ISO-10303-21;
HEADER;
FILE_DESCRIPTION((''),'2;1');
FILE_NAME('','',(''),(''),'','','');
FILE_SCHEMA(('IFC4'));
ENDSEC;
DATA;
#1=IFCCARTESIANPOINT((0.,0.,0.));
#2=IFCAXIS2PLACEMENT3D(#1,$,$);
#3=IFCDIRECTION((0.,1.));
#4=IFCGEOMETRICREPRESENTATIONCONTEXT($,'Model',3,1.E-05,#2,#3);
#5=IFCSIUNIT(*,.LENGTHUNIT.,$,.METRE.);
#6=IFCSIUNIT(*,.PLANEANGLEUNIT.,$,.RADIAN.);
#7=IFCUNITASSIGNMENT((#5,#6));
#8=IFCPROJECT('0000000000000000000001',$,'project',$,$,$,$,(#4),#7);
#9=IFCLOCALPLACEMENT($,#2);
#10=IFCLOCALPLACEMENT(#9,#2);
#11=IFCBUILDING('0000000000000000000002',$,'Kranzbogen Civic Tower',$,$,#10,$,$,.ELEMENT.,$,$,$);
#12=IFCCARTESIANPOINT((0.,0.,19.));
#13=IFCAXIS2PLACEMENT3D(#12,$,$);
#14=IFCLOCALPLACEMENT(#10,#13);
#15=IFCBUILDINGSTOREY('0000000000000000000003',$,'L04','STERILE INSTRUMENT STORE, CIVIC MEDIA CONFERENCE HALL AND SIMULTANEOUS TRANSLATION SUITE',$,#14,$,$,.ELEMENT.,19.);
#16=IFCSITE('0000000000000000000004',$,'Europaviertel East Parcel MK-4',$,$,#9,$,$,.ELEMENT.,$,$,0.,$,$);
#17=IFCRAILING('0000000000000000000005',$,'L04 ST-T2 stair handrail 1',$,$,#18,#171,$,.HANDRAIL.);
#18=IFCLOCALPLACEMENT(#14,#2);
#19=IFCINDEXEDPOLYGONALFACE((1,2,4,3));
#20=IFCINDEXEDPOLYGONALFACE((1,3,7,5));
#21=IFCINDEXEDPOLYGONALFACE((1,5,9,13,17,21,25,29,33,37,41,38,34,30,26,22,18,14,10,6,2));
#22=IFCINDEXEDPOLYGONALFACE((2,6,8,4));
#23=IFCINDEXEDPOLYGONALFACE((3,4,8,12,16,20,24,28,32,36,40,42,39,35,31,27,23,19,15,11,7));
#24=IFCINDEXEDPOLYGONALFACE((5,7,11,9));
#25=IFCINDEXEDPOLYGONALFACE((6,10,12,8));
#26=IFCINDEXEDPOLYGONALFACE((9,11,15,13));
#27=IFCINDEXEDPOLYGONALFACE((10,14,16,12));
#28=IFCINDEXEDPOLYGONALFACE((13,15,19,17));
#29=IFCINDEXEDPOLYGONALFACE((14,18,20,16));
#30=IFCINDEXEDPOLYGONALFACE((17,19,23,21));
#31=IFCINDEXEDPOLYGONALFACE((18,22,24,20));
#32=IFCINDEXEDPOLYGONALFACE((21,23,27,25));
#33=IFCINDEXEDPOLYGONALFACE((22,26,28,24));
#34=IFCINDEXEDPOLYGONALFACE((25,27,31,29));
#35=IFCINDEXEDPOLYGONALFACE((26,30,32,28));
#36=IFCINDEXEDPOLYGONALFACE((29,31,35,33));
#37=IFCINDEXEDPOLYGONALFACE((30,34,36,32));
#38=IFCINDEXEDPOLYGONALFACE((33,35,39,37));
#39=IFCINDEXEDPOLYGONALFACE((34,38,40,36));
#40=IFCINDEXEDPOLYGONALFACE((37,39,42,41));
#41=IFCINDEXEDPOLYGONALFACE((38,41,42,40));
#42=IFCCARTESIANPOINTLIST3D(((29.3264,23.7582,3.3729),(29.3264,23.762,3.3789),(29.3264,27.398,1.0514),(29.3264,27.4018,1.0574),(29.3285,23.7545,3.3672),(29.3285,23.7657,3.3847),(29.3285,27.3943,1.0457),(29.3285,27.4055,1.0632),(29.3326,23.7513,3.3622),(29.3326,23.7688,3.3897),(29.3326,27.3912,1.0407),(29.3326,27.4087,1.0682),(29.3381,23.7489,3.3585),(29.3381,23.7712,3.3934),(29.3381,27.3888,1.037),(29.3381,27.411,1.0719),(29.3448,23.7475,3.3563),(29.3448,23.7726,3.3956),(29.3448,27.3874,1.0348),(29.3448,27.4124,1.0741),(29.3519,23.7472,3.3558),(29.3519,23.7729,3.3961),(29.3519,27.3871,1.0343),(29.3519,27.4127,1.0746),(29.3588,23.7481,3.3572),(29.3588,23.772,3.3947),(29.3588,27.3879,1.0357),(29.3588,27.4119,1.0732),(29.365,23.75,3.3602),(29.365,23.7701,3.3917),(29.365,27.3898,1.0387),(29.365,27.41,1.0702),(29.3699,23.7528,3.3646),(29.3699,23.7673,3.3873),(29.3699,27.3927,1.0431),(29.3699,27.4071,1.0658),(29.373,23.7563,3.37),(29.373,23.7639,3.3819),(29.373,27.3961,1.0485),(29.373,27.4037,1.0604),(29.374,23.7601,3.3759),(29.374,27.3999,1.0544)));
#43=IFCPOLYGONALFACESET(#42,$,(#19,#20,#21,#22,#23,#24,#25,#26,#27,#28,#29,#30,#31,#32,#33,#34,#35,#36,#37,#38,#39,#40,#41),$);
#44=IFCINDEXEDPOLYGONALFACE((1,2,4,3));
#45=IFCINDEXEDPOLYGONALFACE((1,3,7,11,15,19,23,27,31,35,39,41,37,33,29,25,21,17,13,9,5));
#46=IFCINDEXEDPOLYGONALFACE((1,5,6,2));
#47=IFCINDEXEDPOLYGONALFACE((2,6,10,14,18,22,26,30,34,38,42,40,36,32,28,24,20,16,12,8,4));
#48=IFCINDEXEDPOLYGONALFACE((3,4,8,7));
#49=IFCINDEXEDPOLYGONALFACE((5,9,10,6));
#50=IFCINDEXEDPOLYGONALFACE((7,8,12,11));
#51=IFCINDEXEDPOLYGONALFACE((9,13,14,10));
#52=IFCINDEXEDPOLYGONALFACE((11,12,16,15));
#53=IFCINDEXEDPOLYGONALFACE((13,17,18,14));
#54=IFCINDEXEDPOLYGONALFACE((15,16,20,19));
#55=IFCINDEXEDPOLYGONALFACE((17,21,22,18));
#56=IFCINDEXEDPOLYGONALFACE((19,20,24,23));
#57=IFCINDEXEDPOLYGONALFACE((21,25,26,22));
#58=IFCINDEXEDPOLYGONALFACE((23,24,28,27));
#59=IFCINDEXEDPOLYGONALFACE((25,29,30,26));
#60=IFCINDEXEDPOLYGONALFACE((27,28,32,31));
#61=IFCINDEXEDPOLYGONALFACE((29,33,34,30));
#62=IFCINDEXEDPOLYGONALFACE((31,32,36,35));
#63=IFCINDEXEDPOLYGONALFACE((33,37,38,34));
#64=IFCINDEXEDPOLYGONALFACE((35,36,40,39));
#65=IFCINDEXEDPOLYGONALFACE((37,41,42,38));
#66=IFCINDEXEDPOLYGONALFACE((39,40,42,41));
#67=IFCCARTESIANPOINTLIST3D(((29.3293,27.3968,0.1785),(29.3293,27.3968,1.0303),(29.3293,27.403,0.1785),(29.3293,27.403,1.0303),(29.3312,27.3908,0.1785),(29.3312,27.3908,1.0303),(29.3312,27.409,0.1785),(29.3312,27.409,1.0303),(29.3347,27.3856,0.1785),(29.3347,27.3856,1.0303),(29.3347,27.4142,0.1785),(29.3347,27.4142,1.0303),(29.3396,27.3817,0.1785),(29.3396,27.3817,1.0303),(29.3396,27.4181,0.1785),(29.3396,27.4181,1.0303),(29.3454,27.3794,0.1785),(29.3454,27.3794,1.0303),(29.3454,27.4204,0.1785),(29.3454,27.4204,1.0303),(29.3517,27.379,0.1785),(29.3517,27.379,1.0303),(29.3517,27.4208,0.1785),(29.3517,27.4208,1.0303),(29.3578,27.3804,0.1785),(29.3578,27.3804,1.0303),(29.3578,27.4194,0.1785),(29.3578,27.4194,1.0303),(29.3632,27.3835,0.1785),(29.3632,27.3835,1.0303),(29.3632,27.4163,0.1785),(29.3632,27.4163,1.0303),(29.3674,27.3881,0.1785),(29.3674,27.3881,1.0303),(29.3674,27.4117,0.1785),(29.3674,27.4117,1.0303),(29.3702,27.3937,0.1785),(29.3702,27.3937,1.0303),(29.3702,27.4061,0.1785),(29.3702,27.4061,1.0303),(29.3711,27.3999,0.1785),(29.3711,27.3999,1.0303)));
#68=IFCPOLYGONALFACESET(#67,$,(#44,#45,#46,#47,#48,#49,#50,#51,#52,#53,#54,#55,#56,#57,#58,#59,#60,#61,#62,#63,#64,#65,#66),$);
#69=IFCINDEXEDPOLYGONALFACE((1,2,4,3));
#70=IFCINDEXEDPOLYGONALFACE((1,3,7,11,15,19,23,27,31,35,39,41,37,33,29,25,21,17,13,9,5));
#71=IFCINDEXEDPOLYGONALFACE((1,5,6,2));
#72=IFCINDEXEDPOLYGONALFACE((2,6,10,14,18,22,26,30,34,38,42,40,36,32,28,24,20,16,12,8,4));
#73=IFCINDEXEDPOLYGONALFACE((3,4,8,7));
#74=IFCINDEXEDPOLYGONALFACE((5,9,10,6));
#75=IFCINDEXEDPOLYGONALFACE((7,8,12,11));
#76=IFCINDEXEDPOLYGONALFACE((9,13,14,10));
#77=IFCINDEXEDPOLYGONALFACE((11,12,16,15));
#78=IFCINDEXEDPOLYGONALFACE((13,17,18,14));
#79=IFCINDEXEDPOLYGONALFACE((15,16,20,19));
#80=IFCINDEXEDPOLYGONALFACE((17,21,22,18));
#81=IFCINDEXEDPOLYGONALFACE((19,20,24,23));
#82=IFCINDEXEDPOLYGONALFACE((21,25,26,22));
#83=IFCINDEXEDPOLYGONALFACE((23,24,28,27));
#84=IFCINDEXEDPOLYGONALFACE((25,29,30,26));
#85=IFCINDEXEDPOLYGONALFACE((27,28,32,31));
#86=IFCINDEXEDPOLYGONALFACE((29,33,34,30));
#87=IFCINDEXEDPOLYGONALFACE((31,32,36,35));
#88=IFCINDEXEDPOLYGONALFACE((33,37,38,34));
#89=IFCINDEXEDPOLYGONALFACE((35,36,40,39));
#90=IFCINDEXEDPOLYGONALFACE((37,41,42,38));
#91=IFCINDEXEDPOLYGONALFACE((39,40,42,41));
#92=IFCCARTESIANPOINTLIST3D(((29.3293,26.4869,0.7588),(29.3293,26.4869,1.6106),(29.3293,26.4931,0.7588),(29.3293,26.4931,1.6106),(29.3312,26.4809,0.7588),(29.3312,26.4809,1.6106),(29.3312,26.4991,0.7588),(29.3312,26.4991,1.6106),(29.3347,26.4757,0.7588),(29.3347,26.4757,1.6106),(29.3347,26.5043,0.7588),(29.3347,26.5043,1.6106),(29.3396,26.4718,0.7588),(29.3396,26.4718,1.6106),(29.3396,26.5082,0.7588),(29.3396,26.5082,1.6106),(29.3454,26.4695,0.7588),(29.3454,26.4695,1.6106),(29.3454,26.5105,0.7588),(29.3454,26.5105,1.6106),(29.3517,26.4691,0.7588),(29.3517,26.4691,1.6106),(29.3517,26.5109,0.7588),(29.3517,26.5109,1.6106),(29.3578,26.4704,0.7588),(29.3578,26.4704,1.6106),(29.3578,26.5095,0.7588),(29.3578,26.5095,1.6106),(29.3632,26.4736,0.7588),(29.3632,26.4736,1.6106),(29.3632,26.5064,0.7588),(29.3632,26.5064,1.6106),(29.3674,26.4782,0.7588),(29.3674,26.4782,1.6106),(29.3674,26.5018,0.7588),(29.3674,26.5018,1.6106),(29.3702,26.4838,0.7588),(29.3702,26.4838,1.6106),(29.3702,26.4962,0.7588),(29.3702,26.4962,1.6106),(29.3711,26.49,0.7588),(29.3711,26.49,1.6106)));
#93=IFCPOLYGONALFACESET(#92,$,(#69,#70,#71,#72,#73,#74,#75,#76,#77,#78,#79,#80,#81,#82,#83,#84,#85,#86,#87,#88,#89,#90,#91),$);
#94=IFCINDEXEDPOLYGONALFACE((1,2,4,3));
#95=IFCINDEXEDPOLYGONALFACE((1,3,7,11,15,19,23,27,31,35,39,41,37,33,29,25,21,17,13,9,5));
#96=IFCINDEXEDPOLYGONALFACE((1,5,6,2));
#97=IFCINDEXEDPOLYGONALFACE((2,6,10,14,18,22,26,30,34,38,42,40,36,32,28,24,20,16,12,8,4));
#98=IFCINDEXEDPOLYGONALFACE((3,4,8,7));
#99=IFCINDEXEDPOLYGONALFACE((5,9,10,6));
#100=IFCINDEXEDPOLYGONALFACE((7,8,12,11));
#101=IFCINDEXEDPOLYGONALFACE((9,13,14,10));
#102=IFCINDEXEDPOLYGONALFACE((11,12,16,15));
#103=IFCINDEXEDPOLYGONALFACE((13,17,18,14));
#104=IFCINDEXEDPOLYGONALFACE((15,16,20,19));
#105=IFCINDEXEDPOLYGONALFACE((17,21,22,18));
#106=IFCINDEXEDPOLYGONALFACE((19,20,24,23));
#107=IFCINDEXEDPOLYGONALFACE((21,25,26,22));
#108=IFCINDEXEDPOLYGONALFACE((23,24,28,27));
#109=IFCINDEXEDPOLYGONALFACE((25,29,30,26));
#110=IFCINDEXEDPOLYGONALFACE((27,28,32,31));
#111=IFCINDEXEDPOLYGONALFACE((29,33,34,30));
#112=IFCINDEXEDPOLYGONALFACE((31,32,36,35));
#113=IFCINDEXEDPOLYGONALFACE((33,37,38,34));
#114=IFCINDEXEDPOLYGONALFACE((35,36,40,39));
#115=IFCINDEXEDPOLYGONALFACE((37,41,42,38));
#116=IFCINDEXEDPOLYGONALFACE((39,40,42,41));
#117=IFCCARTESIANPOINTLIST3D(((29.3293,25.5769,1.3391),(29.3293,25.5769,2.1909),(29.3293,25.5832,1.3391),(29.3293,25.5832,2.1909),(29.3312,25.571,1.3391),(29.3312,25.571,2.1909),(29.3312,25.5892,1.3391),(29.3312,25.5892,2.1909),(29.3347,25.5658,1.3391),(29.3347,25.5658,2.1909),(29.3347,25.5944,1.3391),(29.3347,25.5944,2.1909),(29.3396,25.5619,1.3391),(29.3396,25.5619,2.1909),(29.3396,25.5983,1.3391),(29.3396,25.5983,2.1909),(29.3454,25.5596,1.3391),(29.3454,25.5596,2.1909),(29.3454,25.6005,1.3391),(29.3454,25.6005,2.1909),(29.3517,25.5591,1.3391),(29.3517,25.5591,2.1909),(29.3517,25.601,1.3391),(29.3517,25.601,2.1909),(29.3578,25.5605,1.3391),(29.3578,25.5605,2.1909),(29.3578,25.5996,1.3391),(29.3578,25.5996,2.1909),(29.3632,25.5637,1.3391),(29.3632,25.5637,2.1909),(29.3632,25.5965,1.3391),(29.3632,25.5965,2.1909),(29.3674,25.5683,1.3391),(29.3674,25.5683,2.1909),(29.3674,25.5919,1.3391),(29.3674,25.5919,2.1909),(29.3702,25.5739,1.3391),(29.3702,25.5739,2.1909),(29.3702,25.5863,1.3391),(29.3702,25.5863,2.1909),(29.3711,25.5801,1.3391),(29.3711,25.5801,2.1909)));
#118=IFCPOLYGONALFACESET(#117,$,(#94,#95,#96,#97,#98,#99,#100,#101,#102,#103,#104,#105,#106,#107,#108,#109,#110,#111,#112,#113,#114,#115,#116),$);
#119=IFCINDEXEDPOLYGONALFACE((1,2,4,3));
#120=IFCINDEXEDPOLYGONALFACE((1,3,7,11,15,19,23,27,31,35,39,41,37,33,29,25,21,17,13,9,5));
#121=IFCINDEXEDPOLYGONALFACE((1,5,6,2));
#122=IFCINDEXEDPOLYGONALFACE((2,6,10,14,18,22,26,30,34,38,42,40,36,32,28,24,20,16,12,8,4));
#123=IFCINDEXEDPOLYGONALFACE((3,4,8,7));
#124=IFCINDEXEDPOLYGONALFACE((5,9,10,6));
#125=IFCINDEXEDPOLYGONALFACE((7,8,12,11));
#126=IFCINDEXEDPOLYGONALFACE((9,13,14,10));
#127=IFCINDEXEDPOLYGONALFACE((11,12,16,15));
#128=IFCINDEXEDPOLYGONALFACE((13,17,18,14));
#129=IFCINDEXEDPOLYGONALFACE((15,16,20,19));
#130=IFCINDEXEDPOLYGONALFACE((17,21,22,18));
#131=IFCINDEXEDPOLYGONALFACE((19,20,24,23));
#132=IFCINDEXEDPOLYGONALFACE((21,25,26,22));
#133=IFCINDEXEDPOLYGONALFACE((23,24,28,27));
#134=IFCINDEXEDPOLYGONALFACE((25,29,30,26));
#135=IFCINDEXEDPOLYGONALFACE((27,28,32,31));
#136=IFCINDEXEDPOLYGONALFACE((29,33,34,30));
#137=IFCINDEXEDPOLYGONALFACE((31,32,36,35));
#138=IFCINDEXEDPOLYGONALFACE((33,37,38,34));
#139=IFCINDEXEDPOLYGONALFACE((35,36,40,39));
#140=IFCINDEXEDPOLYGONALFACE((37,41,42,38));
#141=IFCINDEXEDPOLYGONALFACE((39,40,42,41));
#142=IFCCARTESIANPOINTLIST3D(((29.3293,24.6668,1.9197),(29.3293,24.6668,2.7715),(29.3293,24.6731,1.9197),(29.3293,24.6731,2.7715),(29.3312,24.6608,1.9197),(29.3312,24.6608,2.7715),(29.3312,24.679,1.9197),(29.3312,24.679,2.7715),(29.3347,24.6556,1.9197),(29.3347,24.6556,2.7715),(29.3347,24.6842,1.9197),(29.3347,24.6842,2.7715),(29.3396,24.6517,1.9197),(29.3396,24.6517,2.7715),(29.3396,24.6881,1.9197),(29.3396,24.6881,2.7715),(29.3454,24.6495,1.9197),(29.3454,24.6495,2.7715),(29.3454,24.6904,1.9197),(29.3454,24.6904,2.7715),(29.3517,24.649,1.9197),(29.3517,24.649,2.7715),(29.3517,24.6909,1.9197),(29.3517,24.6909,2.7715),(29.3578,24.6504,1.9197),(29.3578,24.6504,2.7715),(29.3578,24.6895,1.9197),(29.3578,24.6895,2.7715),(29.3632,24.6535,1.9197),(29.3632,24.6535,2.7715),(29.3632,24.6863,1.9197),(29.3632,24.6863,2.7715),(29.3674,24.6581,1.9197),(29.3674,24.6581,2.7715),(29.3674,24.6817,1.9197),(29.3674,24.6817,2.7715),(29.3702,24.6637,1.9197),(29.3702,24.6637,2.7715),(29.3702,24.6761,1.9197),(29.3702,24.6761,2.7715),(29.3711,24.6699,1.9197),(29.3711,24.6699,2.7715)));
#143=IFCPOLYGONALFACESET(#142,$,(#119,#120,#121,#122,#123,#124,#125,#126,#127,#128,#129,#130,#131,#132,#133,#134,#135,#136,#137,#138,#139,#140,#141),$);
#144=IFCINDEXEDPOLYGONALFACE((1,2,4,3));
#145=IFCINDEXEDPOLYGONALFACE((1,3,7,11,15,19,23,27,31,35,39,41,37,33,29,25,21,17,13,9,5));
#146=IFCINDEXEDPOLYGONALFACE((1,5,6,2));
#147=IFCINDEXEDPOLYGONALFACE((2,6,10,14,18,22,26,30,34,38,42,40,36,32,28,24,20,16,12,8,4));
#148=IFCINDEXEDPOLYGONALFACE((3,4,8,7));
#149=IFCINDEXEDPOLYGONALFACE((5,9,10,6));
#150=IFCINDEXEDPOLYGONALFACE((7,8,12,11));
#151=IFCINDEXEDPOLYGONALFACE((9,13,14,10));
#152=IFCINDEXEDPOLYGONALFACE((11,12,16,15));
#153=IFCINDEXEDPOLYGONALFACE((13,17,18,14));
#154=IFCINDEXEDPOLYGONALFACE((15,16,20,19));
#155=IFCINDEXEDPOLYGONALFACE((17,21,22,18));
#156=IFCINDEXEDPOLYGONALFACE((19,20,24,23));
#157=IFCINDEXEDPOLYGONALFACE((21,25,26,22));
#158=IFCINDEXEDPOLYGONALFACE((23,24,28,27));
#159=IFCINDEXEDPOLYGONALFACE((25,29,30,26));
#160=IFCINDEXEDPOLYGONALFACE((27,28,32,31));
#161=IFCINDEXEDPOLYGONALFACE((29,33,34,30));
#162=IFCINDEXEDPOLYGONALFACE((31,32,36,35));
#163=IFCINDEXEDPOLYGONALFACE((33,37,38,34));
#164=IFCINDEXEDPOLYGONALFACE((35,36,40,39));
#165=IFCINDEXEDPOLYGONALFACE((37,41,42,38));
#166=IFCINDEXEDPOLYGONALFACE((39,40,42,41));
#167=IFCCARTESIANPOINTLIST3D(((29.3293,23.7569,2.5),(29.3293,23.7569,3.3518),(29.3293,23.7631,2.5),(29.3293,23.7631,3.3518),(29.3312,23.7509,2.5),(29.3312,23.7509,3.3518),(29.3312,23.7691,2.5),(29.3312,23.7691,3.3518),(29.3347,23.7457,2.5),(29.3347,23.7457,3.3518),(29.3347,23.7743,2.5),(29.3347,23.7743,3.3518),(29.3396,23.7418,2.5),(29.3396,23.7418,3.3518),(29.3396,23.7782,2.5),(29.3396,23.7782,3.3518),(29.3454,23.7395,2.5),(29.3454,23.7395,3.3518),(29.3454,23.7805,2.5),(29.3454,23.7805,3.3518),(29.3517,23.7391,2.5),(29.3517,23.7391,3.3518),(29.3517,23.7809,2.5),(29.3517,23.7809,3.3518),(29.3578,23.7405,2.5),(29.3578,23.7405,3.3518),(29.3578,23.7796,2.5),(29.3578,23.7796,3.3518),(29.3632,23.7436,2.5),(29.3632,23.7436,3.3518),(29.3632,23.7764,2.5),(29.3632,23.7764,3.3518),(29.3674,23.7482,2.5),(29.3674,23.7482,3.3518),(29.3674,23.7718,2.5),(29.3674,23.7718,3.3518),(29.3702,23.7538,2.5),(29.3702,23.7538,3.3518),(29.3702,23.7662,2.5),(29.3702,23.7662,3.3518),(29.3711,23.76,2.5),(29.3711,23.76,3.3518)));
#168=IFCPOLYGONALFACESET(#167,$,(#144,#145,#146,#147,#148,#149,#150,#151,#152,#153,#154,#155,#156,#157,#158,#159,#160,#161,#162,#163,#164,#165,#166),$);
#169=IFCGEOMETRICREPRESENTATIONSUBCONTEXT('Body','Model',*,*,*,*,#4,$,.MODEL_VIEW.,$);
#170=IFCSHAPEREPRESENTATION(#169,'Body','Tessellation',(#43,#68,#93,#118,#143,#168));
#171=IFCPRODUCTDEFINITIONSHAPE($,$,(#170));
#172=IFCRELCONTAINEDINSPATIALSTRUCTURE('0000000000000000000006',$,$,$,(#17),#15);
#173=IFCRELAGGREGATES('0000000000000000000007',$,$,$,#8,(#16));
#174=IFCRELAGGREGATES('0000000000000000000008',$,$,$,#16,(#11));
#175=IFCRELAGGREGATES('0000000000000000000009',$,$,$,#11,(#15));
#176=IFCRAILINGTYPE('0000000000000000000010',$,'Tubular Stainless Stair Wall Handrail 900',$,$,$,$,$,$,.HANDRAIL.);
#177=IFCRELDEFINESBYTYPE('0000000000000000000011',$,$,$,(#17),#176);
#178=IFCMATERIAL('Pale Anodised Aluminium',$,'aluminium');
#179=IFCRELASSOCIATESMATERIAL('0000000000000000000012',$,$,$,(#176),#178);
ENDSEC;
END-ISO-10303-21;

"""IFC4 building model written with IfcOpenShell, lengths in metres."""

from ifc_helpers import new_model, si_unit, direction, frame, origin, origin_2d, place, context, subcontext, project, spatial, circle, extrude, material, type_object, element, save


model = new_model("IFC4")

# Units and contexts
model_context = context("Model", 3, precision=1e-05, world=origin(), true_north=direction((0.0, 1.0)))
body_context = subcontext(model_context, "Body", "Model", "MODEL_VIEW")
ifc_project = project(units=[si_unit("LENGTHUNIT", "METRE"), si_unit("PLANEANGLEUNIT", "RADIAN")], contexts=[model_context])

# Site, building, storey
site_placement = place(None, origin())
site = spatial("IfcSite", under=ifc_project, at=site_placement, Name="Europaviertel East Parcel MK-4", CompositionType="ELEMENT", RefElevation=0.0)
building_placement = place(site_placement, origin())
building = spatial("IfcBuilding", under=site, at=building_placement, Name="Kranzbogen Civic Tower", CompositionType="ELEMENT")
storey_placement = place(building_placement, frame((0.0, 0.0, 19.0)))
storey = spatial("IfcBuildingStorey", under=building, at=storey_placement, Name="L04", Description="STERILE INSTRUMENT STORE, CIVIC MEDIA CONFERENCE HALL AND SIMULTANEOUS TRANSLATION SUITE", CompositionType="ELEMENT", Elevation=19.0)

# Shared definitions
ifc_material_1 = material(Name="Pale Anodised Aluminium", Category="aluminium")

# Railing
railing_type_1 = type_object("IfcRailingType", Name="Tubular Stainless Stair Wall Handrail 900", PredefinedType="HANDRAIL", material=ifc_material_1)
railing_1_placement = place(storey_placement, frame((29.3501, 27.3999, 0.1785)))
element("IfcRailing", 1, at=railing_1_placement, inside=storey, type_object=railing_type_1, Name="L04 ST-T2 stair handrail 1", PredefinedType="HANDRAIL", context=body_context, shape_type="SweptSolid", body=[
    extrude(circle(Radius=0.0239, at=origin_2d()), frame((0.0, 0.0, 0.876), z_axis=(0.0, -0.843112, 0.537739), x_axis=(1.0, 0.0, 0.0)), (0.0, 0.0, 1.0), 4.3171),
    extrude(circle(Radius=0.021, at=origin_2d()), origin(), (0.0, 0.0, 1.0), 0.8518),
    extrude(circle(Radius=0.021, at=origin_2d()), frame((0.0, -0.9099, 0.5803)), (0.0, 0.0, 1.0), 0.8518),
    extrude(circle(Radius=0.021, at=origin_2d()), frame((0.0, -1.8198, 1.1606)), (0.0, 0.0, 1.0), 0.8518),
    extrude(circle(Radius=0.021, at=origin_2d()), frame((0.0, -2.73, 1.7412)), (0.0, 0.0, 1.0), 0.8518),
    extrude(circle(Radius=0.021, at=origin_2d()), frame((0.0, -3.6399, 2.3215)), (0.0, 0.0, 1.0), 0.8518),
])

save(model, "model.ifc")
